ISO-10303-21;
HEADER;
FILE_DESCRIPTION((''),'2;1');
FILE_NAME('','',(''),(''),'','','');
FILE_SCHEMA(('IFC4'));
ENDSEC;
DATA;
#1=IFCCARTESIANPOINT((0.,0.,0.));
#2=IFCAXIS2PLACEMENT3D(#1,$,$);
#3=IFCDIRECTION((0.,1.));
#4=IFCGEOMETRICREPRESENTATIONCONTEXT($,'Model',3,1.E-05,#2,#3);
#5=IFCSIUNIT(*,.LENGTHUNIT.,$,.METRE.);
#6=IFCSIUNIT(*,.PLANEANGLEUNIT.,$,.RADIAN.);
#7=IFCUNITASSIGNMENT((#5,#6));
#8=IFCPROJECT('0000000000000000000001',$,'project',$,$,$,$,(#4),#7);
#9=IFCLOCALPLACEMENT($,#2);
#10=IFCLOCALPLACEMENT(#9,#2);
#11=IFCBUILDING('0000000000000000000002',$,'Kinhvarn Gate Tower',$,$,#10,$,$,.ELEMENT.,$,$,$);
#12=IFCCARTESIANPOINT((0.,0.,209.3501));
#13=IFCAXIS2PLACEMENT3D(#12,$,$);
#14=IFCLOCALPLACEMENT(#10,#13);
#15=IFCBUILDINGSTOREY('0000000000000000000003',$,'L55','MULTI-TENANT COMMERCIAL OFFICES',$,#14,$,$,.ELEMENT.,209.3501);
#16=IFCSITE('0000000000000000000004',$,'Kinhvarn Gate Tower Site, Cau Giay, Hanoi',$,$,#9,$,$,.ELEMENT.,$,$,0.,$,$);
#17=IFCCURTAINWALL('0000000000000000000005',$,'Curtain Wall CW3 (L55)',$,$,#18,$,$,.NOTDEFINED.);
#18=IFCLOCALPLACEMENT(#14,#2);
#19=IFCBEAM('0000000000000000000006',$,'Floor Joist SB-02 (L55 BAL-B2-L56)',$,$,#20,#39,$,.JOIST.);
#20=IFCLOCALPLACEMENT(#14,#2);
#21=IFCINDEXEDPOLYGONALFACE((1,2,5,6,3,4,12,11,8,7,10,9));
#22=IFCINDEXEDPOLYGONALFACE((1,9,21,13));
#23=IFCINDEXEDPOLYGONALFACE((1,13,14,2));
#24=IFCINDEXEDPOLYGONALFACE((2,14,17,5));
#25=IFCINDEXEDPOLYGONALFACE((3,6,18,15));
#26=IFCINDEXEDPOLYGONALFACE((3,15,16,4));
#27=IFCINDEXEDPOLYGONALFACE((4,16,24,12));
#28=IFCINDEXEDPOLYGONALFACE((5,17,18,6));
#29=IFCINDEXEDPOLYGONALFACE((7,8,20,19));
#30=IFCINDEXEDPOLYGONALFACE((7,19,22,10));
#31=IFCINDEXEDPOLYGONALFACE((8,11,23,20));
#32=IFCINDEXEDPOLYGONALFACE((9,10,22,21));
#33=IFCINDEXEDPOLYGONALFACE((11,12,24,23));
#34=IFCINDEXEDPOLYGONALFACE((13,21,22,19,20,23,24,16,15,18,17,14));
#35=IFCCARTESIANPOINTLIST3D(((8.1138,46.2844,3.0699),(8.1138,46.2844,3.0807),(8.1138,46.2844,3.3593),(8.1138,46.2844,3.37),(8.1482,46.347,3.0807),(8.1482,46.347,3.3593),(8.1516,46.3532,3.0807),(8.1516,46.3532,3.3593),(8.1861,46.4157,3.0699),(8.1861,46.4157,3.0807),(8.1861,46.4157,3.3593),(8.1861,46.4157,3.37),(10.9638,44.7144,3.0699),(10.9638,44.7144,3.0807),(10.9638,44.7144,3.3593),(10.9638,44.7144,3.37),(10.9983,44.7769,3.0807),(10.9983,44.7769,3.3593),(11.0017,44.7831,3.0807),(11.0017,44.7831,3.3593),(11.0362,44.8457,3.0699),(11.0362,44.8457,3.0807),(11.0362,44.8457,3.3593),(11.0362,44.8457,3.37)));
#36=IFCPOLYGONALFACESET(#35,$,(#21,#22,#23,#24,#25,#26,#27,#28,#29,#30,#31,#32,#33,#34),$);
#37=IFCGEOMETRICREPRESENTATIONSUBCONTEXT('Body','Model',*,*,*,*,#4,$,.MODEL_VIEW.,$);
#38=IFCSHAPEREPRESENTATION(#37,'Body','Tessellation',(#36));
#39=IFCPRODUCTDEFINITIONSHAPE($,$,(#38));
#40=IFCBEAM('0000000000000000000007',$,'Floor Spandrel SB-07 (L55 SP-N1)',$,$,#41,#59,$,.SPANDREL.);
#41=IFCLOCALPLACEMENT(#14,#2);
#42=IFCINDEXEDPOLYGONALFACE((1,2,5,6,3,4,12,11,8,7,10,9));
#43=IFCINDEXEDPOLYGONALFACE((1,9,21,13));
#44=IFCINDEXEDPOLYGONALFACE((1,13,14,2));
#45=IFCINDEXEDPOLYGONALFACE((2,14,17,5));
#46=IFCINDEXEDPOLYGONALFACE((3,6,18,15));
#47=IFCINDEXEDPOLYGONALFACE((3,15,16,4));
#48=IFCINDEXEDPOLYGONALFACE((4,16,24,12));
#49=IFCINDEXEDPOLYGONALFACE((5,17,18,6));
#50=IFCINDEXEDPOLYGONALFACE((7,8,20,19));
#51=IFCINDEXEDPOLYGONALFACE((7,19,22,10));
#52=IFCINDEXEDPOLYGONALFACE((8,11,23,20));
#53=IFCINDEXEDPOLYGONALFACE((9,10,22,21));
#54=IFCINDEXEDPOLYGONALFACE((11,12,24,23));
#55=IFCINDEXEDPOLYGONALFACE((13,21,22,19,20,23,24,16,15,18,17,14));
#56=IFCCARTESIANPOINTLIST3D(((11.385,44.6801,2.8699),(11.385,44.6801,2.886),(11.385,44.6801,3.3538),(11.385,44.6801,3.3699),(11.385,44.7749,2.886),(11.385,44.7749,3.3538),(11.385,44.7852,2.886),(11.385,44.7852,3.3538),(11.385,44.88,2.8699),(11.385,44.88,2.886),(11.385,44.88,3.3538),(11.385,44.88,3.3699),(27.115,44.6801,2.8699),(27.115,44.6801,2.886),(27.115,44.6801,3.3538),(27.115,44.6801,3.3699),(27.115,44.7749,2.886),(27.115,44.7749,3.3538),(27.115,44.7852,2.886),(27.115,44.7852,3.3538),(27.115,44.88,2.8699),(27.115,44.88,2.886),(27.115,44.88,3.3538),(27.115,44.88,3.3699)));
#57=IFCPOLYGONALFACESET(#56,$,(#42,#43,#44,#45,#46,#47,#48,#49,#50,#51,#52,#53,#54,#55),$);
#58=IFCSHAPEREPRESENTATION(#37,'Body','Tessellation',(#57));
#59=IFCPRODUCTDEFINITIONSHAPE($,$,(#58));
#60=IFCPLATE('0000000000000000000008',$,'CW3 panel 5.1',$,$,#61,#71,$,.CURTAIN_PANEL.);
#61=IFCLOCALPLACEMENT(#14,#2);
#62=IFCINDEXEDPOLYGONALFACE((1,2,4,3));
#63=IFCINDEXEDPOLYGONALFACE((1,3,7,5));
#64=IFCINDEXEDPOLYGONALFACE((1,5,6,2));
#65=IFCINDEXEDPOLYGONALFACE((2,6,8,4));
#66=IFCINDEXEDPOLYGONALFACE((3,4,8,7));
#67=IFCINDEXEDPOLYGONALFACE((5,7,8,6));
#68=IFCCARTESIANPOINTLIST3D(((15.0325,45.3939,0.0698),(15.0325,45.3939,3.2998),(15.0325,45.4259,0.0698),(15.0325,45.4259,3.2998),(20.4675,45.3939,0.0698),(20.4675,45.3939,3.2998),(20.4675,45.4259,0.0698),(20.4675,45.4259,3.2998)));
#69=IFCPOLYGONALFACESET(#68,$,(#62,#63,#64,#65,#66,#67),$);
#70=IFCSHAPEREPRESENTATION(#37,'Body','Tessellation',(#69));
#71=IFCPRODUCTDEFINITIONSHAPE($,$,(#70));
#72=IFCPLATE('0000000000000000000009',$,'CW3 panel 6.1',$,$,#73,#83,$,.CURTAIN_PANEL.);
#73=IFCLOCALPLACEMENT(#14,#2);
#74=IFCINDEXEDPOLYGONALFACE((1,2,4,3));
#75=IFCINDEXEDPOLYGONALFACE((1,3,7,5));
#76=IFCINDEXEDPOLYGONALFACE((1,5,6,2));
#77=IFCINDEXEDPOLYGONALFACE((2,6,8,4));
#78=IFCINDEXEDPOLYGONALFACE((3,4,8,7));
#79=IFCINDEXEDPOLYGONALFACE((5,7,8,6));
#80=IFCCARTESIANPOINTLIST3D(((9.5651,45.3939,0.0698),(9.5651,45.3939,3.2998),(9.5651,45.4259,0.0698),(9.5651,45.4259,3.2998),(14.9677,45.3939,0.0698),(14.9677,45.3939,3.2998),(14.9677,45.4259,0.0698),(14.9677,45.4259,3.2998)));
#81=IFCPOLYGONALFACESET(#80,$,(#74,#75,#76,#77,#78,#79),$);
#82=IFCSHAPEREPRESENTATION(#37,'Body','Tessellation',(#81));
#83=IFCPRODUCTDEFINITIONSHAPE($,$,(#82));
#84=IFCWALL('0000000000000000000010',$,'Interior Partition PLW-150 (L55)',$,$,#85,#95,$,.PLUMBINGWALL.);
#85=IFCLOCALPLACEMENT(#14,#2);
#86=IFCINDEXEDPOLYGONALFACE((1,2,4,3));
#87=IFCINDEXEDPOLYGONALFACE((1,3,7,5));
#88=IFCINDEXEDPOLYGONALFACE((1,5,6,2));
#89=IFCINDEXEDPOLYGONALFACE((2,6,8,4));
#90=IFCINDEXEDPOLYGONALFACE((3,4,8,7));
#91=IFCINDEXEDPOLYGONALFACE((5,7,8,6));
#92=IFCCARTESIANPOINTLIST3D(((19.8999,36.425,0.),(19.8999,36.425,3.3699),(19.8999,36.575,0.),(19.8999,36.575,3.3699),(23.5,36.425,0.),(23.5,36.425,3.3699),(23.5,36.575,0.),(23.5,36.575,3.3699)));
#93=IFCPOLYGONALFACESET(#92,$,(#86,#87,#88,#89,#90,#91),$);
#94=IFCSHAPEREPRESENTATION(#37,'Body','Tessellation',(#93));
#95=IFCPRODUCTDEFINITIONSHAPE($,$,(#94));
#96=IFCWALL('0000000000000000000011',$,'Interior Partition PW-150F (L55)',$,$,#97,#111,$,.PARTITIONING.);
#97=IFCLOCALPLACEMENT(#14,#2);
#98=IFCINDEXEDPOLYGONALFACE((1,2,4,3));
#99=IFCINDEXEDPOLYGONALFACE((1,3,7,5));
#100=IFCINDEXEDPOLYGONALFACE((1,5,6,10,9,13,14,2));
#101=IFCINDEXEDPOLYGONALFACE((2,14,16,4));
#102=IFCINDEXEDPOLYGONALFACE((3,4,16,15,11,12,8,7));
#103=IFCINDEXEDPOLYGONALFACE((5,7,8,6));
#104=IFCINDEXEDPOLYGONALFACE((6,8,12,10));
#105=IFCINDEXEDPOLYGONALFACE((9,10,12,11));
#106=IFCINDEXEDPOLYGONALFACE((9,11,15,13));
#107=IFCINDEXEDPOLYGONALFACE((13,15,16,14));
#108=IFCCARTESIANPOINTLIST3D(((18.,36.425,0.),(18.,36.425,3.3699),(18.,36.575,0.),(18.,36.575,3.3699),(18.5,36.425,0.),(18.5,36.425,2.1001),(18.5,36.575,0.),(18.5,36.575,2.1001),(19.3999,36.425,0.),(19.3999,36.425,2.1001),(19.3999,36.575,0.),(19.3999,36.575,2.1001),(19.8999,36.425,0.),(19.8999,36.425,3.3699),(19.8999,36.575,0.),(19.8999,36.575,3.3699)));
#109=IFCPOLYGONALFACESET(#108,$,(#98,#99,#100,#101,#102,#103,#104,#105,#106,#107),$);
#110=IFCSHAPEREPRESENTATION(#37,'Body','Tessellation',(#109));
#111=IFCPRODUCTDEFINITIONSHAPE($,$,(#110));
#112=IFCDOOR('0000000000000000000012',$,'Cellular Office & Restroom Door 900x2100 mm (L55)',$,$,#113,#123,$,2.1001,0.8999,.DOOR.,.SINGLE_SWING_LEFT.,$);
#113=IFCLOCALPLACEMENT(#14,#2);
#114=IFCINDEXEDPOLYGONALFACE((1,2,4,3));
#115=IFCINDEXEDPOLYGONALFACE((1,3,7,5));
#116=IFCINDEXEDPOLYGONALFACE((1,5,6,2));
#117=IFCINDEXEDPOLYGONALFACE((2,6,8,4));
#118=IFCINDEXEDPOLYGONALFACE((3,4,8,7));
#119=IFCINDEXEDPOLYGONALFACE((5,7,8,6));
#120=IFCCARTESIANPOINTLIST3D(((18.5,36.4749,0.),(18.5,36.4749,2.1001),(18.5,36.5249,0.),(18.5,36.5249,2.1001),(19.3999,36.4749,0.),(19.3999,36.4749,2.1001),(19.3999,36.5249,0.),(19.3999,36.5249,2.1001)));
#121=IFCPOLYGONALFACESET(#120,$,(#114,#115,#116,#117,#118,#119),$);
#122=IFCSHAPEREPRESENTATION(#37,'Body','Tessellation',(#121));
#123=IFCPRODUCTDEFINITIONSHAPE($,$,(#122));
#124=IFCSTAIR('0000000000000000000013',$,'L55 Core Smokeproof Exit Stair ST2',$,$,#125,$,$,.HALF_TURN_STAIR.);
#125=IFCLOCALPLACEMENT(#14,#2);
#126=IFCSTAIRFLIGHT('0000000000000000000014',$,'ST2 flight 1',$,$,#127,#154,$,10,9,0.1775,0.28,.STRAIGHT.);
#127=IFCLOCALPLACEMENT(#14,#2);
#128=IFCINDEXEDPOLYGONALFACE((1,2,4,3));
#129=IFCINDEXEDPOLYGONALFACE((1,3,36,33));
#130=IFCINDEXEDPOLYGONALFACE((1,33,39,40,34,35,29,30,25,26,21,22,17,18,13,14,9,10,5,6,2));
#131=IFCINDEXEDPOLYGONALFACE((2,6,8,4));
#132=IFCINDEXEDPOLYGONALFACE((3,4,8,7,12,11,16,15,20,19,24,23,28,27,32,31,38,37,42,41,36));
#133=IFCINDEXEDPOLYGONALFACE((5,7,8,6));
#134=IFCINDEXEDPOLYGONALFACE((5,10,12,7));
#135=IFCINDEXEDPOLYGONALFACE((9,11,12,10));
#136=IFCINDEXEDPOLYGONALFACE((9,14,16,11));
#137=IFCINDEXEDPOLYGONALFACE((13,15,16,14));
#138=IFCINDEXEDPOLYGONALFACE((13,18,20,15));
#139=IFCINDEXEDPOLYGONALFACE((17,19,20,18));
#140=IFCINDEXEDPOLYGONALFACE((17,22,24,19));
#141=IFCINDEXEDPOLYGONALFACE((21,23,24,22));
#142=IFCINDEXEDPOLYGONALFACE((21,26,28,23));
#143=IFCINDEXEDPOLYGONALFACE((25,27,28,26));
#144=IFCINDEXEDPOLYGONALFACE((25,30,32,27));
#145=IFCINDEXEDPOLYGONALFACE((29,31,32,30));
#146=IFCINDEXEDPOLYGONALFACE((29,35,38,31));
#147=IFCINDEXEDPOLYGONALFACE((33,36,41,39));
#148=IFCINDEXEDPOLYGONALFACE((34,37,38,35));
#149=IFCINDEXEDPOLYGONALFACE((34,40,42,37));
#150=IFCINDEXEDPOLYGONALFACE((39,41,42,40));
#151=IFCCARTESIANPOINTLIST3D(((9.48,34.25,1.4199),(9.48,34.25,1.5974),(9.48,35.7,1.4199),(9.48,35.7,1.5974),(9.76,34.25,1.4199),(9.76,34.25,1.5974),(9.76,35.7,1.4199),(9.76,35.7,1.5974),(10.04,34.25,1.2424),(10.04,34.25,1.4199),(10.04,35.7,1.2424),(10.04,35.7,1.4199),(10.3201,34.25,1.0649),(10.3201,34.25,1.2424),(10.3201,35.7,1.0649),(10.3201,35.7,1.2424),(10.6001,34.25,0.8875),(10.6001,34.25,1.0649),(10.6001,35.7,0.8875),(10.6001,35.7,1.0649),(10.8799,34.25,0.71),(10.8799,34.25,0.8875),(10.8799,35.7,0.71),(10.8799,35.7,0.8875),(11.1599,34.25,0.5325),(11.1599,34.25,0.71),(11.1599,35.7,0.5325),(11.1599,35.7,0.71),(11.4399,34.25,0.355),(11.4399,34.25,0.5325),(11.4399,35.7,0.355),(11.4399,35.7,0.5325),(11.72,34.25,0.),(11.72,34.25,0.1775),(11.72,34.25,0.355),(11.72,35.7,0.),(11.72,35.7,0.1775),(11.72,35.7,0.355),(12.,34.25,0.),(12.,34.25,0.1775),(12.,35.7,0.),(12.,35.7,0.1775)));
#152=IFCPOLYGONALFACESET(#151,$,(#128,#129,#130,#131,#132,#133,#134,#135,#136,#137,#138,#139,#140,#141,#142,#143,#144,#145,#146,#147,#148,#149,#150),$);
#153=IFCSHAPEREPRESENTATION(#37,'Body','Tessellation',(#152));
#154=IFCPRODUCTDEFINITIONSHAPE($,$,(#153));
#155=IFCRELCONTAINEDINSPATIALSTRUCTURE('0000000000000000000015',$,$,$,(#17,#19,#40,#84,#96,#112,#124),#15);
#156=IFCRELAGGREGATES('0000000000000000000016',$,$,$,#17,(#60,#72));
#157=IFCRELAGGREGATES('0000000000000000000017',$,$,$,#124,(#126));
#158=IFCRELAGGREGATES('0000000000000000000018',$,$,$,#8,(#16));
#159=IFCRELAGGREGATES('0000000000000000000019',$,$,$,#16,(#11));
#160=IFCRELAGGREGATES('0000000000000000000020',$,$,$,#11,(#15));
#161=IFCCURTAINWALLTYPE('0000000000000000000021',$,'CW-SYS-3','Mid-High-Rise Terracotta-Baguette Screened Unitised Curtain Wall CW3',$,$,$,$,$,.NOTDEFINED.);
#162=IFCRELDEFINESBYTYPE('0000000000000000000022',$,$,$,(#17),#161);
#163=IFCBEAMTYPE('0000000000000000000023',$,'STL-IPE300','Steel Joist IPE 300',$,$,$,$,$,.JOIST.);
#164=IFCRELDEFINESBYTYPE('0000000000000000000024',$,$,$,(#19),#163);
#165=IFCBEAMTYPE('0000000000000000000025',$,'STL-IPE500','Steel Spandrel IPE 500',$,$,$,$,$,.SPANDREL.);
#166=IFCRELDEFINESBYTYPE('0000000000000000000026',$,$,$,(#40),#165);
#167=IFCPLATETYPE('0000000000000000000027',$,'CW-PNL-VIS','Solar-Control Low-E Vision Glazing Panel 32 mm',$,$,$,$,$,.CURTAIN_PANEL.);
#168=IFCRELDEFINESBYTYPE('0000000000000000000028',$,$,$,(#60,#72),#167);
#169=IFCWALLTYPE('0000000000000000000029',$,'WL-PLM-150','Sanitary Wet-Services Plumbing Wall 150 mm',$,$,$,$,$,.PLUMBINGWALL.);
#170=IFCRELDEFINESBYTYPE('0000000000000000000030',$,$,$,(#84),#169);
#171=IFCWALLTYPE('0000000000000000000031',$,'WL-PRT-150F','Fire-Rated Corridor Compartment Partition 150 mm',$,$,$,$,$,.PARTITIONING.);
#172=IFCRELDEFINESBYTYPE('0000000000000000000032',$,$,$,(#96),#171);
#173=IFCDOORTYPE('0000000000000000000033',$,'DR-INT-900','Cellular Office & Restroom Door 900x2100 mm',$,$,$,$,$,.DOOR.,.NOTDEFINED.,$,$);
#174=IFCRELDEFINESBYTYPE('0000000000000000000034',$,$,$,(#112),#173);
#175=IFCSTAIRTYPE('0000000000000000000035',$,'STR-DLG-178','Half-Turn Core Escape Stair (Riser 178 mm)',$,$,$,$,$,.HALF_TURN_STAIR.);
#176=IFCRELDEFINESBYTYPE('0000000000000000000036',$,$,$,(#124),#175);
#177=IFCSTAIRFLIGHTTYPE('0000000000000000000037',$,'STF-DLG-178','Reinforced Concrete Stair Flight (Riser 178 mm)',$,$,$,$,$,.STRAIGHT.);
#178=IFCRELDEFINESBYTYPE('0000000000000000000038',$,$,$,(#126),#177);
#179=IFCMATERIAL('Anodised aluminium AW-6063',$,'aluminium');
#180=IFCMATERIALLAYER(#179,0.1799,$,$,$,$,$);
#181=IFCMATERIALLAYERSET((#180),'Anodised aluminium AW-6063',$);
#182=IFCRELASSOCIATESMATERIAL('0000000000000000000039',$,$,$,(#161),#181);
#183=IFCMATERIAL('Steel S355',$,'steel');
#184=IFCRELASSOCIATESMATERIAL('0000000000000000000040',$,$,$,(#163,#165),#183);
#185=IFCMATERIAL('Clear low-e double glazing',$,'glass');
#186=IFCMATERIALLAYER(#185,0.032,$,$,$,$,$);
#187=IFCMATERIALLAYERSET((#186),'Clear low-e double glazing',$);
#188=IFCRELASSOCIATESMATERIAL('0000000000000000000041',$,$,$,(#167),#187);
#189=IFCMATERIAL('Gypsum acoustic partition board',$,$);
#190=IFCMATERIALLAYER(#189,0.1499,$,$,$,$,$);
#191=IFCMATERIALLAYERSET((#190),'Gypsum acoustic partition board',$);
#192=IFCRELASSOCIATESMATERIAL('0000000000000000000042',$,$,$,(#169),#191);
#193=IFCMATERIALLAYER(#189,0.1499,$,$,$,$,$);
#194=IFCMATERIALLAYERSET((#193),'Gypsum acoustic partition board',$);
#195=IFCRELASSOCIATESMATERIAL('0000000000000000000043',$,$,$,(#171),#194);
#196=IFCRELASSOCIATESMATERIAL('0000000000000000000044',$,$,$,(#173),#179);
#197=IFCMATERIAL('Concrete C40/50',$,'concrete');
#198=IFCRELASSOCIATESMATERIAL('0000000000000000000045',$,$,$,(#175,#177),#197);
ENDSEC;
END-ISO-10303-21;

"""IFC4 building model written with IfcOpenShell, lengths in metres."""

from ifc_helpers import new_model, si_unit, direction, frame, frame_2d, origin, origin_2d, place, context, subcontext, project, spatial, polyline, rectangle, i_section, outline, extrude, material, layer, layer_set, material_profile, profile_set, type_object, element, fill, aggregate, save


model = new_model("IFC4")

# Units and contexts
model_context = context("Model", 3, precision=1e-05, world=origin(), true_north=direction((0.0, 1.0)))
body_context = subcontext(model_context, "Body", "Model", "MODEL_VIEW")
ifc_project = project(units=[si_unit("LENGTHUNIT", "METRE"), si_unit("PLANEANGLEUNIT", "RADIAN")], contexts=[model_context])

# Site, building, storey
site_placement = place(None, origin())
site = spatial("IfcSite", under=ifc_project, at=site_placement, Name="Kinhvarn Gate Tower Site, Cau Giay, Hanoi", CompositionType="ELEMENT", RefElevation=0.0)
building_placement = place(site_placement, origin())
building = spatial("IfcBuilding", under=site, at=building_placement, Name="Kinhvarn Gate Tower", CompositionType="ELEMENT")
storey_placement = place(building_placement, frame((0.0, 0.0, 209.3501)))
storey = spatial("IfcBuildingStorey", under=building, at=storey_placement, Name="L55", Description="MULTI-TENANT COMMERCIAL OFFICES", CompositionType="ELEMENT", Elevation=209.3501)

# Curtain wall
ifc_material_1 = material(Name="Anodised aluminium AW-6063", Category="aluminium")
ifc_layer_1 = layer(ifc_material_1, 0.1799)
ifc_layer_set_1 = layer_set([ifc_layer_1], Name="Anodised aluminium AW-6063")
curtain_wall_type = type_object("IfcCurtainWallType", Name="CW-SYS-3", Description="Mid-High-Rise Terracotta-Baguette Screened Unitised Curtain Wall CW3", PredefinedType="NOTDEFINED", material=ifc_layer_set_1)
curtain_wall_placement = place(storey_placement, origin())
curtain_wall = element("IfcCurtainWall", 1, at=curtain_wall_placement, inside=storey, type_object=curtain_wall_type, Name="Curtain Wall CW3 (L55)", PredefinedType="NOTDEFINED")

# Beams
ifc_material_2 = material(Name="Steel S355", Category="steel")
ifc_material_profile_1 = material_profile(ifc_material_2, i_section(OverallWidth=0.1499, OverallDepth=0.3, WebThickness=0.0071, FlangeThickness=0.0107, at=origin_2d()), Name="IPE 300")
ifc_profile_set_1 = profile_set([ifc_material_profile_1], Name="Steel S355")
beam_type_1 = type_object("IfcBeamType", Name="STL-IPE300", Description="Steel Joist IPE 300", PredefinedType="JOIST", material=ifc_profile_set_1)
beam_1_placement = place(storey_placement, frame((11.0, 44.78, 3.22), z_axis=(-0.875889, 0.482512, 0.0), x_axis=(-0.482512, -0.875889, 0.0)))
element("IfcBeam", 2, at=beam_1_placement, inside=storey, type_object=beam_type_1, Name="Floor Joist SB-02 (L55 BAL-B2-L56)", PredefinedType="JOIST", context=body_context, shape_type="SweptSolid", body=[
    extrude(i_section(OverallWidth=0.1499, OverallDepth=0.3, WebThickness=0.0071, FlangeThickness=0.0107, at=origin_2d()), origin(), (0.0, 0.0, 1.0), 3.2539),
])
ifc_material_profile_2 = material_profile(ifc_material_2, i_section(OverallWidth=0.2, OverallDepth=0.5, WebThickness=0.0103, FlangeThickness=0.0161, at=origin_2d()), Name="IPE 500")
ifc_profile_set_2 = profile_set([ifc_material_profile_2], Name="Steel S355")
beam_type_2 = type_object("IfcBeamType", Name="STL-IPE500", Description="Steel Spandrel IPE 500", PredefinedType="SPANDREL", material=ifc_profile_set_2)
beam_2_placement = place(storey_placement, frame((11.385, 44.78, 3.1199), z_axis=(1.0, 0.0, 0.0), x_axis=(0.0, 1.0, 0.0)))
element("IfcBeam", 3, at=beam_2_placement, inside=storey, type_object=beam_type_2, Name="Floor Spandrel SB-07 (L55 SP-N1)", PredefinedType="SPANDREL", context=body_context, shape_type="SweptSolid", body=[
    extrude(i_section(OverallWidth=0.2, OverallDepth=0.5, WebThickness=0.0103, FlangeThickness=0.0161, at=origin_2d()), origin(), (0.0, 0.0, 1.0), 15.73),
])

# Plates
ifc_material_3 = material(Name="Clear low-e double glazing", Category="glass")
ifc_layer_2 = layer(ifc_material_3, 0.032)
ifc_layer_set_2 = layer_set([ifc_layer_2], Name="Clear low-e double glazing")
plate_type = type_object("IfcPlateType", Name="CW-PNL-VIS", Description="Solar-Control Low-E Vision Glazing Panel 32 mm", PredefinedType="CURTAIN_PANEL", material=ifc_layer_set_2)
plate_1_placement = place(storey_placement, frame((17.75, 45.4099, 0.0698), z_axis=(0.0, 0.0, 1.0), x_axis=(-1.0, 0.0, 0.0)))
plate_1 = element("IfcPlate", 4, at=plate_1_placement, type_object=plate_type, Name="CW3 panel 5.1", PredefinedType="CURTAIN_PANEL", context=body_context, shape_type="SweptSolid", body=[
    extrude(rectangle(XDim=5.4351, YDim=0.032, at=origin_2d()), origin(), (0.0, 0.0, 1.0), 3.23),
])
plate_2_placement = place(storey_placement, frame((12.2664, 45.4099, 0.0698), z_axis=(0.0, 0.0, 1.0), x_axis=(-1.0, 0.0, 0.0)))
plate_2 = element("IfcPlate", 5, at=plate_2_placement, type_object=plate_type, Name="CW3 panel 6.1", PredefinedType="CURTAIN_PANEL", context=body_context, shape_type="SweptSolid", body=[
    extrude(rectangle(XDim=5.4026, YDim=0.032, at=origin_2d()), origin(), (0.0, 0.0, 1.0), 3.23),
])
aggregate(curtain_wall, [plate_1, plate_2])

# Wall
ifc_material_4 = material(Name="Gypsum acoustic partition board")
ifc_layer_3 = layer(ifc_material_4, 0.1499)
ifc_layer_set_3 = layer_set([ifc_layer_3], Name="Gypsum acoustic partition board")
wall_type_1 = type_object("IfcWallType", Name="WL-PLM-150", Description="Sanitary Wet-Services Plumbing Wall 150 mm", PredefinedType="PLUMBINGWALL", material=ifc_layer_set_3)
wall_1_placement = place(storey_placement, frame((19.8999, 36.5, 0.0), z_axis=(0.0, 0.0, 1.0), x_axis=(1.0, 0.0, 0.0)))
element("IfcWall", 6, at=wall_1_placement, inside=storey, type_object=wall_type_1, Name="Interior Partition PLW-150 (L55)", PredefinedType="PLUMBINGWALL", context=body_context, shape_type="SweptSolid", body=[
    extrude(rectangle(XDim=3.6001, YDim=0.1499, at=frame_2d((1.8, 0.0))), origin(), (0.0, 0.0, 1.0), 3.3699),
])

# Wall, opening, door
ifc_layer_4 = layer(ifc_material_4, 0.1499)
ifc_layer_set_4 = layer_set([ifc_layer_4], Name="Gypsum acoustic partition board")
wall_type_2 = type_object("IfcWallType", Name="WL-PRT-150F", Description="Fire-Rated Corridor Compartment Partition 150 mm", PredefinedType="PARTITIONING", material=ifc_layer_set_4)
wall_2_placement = place(storey_placement, frame((18.0, 36.5, 0.0), z_axis=(0.0, 0.0, 1.0), x_axis=(1.0, 0.0, 0.0)))
wall_2 = element("IfcWall", 7, at=wall_2_placement, inside=storey, type_object=wall_type_2, Name="Interior Partition PW-150F (L55)", PredefinedType="PARTITIONING", context=body_context, shape_type="SweptSolid", body=[
    extrude(rectangle(XDim=1.8999, YDim=0.1499, at=frame_2d((0.95, 0.0))), origin(), (0.0, 0.0, 1.0), 3.3699),
])
opening_placement = place(wall_2_placement, frame((0.5, 0.0, 0.0)))
opening = element("IfcOpeningElement", 8, at=opening_placement, cuts=wall_2, PredefinedType="OPENING", context=body_context, shape_type="SweptSolid", body=[
    extrude(rectangle(XDim=0.8999, YDim=2.1001, at=frame_2d((0.45, 1.05))), frame((0.0, 0.085, 0.0), z_axis=(0.0, -1.0, 0.0), x_axis=(1.0, 0.0, 0.0)), (0.0, 0.0, 1.0), 0.1699),
])
door_type = type_object("IfcDoorType", Name="DR-INT-900", Description="Cellular Office & Restroom Door 900x2100 mm", OperationType="NOTDEFINED", PredefinedType="DOOR", material=ifc_material_1)
door_placement = place(opening_placement, origin())
door = element("IfcDoor", 9, at=door_placement, inside=storey, type_object=door_type, Name="Cellular Office & Restroom Door 900x2100 mm (L55)", OperationType="SINGLE_SWING_LEFT", OverallHeight=2.1001, OverallWidth=0.8999, PredefinedType="DOOR", context=body_context, shape_type="SweptSolid", body=[
    extrude(rectangle(XDim=0.8999, YDim=2.1001, at=frame_2d((0.45, 1.05))), frame((0.0, 0.0249, 0.0), z_axis=(0.0, -1.0, 0.0), x_axis=(1.0, 0.0, 0.0)), (0.0, 0.0, 1.0), 0.05),
])
fill(opening, door)

# Stair, stair flight
ifc_material_5 = material(Name="Concrete C40/50", Category="concrete")
stair_type = type_object("IfcStairType", Name="STR-DLG-178", Description="Half-Turn Core Escape Stair (Riser 178 mm)", PredefinedType="HALF_TURN_STAIR", material=ifc_material_5)
stair_placement = place(storey_placement, origin())
stair = element("IfcStair", 10, at=stair_placement, inside=storey, type_object=stair_type, Name="L55 Core Smokeproof Exit Stair ST2", PredefinedType="HALF_TURN_STAIR")
stair_flight_type = type_object("IfcStairFlightType", Name="STF-DLG-178", Description="Reinforced Concrete Stair Flight (Riser 178 mm)", PredefinedType="STRAIGHT", material=ifc_material_5)
stair_flight_placement = place(storey_placement, frame((12.0, 34.9751, 0.0), z_axis=(0.0, 0.0, 1.0), x_axis=(-1.0, 0.0, 0.0)))
stair_flight = element("IfcStairFlight", 11, at=stair_flight_placement, type_object=stair_flight_type, Name="ST2 flight 1", NumberOfRisers=10, NumberOfTreads=9, PredefinedType="STRAIGHT", RiserHeight=0.1775, TreadLength=0.28, context=body_context, shape_type="SweptSolid", body=[
    extrude(outline(polyline([(0.0, 0.0), (0.0, 0.1775), (0.28, 0.1775), (0.28, 0.355), (0.5601, 0.355), (0.5601, 0.5325), (0.8401, 0.5325), (0.8401, 0.71), (1.1201, 0.71), (1.1201, 0.8875), (1.3999, 0.8875), (1.3999, 1.0649), (1.6799, 1.0649), (1.6799, 1.2424), (1.96, 1.2424), (1.96, 1.4199), (2.24, 1.4199), (2.24, 1.5974), (2.52, 1.5974), (2.52, 1.7749), (2.52, 1.4199), (0.28, 0.0), (0.0, 0.0)])), frame((0.0, 0.7251, 0.0), z_axis=(0.0, -1.0, 0.0), x_axis=(1.0, 0.0, 0.0)), (0.0, 0.0, 1.0), 1.45),
])
aggregate(stair, [stair_flight])

save(model, "model.ifc")
